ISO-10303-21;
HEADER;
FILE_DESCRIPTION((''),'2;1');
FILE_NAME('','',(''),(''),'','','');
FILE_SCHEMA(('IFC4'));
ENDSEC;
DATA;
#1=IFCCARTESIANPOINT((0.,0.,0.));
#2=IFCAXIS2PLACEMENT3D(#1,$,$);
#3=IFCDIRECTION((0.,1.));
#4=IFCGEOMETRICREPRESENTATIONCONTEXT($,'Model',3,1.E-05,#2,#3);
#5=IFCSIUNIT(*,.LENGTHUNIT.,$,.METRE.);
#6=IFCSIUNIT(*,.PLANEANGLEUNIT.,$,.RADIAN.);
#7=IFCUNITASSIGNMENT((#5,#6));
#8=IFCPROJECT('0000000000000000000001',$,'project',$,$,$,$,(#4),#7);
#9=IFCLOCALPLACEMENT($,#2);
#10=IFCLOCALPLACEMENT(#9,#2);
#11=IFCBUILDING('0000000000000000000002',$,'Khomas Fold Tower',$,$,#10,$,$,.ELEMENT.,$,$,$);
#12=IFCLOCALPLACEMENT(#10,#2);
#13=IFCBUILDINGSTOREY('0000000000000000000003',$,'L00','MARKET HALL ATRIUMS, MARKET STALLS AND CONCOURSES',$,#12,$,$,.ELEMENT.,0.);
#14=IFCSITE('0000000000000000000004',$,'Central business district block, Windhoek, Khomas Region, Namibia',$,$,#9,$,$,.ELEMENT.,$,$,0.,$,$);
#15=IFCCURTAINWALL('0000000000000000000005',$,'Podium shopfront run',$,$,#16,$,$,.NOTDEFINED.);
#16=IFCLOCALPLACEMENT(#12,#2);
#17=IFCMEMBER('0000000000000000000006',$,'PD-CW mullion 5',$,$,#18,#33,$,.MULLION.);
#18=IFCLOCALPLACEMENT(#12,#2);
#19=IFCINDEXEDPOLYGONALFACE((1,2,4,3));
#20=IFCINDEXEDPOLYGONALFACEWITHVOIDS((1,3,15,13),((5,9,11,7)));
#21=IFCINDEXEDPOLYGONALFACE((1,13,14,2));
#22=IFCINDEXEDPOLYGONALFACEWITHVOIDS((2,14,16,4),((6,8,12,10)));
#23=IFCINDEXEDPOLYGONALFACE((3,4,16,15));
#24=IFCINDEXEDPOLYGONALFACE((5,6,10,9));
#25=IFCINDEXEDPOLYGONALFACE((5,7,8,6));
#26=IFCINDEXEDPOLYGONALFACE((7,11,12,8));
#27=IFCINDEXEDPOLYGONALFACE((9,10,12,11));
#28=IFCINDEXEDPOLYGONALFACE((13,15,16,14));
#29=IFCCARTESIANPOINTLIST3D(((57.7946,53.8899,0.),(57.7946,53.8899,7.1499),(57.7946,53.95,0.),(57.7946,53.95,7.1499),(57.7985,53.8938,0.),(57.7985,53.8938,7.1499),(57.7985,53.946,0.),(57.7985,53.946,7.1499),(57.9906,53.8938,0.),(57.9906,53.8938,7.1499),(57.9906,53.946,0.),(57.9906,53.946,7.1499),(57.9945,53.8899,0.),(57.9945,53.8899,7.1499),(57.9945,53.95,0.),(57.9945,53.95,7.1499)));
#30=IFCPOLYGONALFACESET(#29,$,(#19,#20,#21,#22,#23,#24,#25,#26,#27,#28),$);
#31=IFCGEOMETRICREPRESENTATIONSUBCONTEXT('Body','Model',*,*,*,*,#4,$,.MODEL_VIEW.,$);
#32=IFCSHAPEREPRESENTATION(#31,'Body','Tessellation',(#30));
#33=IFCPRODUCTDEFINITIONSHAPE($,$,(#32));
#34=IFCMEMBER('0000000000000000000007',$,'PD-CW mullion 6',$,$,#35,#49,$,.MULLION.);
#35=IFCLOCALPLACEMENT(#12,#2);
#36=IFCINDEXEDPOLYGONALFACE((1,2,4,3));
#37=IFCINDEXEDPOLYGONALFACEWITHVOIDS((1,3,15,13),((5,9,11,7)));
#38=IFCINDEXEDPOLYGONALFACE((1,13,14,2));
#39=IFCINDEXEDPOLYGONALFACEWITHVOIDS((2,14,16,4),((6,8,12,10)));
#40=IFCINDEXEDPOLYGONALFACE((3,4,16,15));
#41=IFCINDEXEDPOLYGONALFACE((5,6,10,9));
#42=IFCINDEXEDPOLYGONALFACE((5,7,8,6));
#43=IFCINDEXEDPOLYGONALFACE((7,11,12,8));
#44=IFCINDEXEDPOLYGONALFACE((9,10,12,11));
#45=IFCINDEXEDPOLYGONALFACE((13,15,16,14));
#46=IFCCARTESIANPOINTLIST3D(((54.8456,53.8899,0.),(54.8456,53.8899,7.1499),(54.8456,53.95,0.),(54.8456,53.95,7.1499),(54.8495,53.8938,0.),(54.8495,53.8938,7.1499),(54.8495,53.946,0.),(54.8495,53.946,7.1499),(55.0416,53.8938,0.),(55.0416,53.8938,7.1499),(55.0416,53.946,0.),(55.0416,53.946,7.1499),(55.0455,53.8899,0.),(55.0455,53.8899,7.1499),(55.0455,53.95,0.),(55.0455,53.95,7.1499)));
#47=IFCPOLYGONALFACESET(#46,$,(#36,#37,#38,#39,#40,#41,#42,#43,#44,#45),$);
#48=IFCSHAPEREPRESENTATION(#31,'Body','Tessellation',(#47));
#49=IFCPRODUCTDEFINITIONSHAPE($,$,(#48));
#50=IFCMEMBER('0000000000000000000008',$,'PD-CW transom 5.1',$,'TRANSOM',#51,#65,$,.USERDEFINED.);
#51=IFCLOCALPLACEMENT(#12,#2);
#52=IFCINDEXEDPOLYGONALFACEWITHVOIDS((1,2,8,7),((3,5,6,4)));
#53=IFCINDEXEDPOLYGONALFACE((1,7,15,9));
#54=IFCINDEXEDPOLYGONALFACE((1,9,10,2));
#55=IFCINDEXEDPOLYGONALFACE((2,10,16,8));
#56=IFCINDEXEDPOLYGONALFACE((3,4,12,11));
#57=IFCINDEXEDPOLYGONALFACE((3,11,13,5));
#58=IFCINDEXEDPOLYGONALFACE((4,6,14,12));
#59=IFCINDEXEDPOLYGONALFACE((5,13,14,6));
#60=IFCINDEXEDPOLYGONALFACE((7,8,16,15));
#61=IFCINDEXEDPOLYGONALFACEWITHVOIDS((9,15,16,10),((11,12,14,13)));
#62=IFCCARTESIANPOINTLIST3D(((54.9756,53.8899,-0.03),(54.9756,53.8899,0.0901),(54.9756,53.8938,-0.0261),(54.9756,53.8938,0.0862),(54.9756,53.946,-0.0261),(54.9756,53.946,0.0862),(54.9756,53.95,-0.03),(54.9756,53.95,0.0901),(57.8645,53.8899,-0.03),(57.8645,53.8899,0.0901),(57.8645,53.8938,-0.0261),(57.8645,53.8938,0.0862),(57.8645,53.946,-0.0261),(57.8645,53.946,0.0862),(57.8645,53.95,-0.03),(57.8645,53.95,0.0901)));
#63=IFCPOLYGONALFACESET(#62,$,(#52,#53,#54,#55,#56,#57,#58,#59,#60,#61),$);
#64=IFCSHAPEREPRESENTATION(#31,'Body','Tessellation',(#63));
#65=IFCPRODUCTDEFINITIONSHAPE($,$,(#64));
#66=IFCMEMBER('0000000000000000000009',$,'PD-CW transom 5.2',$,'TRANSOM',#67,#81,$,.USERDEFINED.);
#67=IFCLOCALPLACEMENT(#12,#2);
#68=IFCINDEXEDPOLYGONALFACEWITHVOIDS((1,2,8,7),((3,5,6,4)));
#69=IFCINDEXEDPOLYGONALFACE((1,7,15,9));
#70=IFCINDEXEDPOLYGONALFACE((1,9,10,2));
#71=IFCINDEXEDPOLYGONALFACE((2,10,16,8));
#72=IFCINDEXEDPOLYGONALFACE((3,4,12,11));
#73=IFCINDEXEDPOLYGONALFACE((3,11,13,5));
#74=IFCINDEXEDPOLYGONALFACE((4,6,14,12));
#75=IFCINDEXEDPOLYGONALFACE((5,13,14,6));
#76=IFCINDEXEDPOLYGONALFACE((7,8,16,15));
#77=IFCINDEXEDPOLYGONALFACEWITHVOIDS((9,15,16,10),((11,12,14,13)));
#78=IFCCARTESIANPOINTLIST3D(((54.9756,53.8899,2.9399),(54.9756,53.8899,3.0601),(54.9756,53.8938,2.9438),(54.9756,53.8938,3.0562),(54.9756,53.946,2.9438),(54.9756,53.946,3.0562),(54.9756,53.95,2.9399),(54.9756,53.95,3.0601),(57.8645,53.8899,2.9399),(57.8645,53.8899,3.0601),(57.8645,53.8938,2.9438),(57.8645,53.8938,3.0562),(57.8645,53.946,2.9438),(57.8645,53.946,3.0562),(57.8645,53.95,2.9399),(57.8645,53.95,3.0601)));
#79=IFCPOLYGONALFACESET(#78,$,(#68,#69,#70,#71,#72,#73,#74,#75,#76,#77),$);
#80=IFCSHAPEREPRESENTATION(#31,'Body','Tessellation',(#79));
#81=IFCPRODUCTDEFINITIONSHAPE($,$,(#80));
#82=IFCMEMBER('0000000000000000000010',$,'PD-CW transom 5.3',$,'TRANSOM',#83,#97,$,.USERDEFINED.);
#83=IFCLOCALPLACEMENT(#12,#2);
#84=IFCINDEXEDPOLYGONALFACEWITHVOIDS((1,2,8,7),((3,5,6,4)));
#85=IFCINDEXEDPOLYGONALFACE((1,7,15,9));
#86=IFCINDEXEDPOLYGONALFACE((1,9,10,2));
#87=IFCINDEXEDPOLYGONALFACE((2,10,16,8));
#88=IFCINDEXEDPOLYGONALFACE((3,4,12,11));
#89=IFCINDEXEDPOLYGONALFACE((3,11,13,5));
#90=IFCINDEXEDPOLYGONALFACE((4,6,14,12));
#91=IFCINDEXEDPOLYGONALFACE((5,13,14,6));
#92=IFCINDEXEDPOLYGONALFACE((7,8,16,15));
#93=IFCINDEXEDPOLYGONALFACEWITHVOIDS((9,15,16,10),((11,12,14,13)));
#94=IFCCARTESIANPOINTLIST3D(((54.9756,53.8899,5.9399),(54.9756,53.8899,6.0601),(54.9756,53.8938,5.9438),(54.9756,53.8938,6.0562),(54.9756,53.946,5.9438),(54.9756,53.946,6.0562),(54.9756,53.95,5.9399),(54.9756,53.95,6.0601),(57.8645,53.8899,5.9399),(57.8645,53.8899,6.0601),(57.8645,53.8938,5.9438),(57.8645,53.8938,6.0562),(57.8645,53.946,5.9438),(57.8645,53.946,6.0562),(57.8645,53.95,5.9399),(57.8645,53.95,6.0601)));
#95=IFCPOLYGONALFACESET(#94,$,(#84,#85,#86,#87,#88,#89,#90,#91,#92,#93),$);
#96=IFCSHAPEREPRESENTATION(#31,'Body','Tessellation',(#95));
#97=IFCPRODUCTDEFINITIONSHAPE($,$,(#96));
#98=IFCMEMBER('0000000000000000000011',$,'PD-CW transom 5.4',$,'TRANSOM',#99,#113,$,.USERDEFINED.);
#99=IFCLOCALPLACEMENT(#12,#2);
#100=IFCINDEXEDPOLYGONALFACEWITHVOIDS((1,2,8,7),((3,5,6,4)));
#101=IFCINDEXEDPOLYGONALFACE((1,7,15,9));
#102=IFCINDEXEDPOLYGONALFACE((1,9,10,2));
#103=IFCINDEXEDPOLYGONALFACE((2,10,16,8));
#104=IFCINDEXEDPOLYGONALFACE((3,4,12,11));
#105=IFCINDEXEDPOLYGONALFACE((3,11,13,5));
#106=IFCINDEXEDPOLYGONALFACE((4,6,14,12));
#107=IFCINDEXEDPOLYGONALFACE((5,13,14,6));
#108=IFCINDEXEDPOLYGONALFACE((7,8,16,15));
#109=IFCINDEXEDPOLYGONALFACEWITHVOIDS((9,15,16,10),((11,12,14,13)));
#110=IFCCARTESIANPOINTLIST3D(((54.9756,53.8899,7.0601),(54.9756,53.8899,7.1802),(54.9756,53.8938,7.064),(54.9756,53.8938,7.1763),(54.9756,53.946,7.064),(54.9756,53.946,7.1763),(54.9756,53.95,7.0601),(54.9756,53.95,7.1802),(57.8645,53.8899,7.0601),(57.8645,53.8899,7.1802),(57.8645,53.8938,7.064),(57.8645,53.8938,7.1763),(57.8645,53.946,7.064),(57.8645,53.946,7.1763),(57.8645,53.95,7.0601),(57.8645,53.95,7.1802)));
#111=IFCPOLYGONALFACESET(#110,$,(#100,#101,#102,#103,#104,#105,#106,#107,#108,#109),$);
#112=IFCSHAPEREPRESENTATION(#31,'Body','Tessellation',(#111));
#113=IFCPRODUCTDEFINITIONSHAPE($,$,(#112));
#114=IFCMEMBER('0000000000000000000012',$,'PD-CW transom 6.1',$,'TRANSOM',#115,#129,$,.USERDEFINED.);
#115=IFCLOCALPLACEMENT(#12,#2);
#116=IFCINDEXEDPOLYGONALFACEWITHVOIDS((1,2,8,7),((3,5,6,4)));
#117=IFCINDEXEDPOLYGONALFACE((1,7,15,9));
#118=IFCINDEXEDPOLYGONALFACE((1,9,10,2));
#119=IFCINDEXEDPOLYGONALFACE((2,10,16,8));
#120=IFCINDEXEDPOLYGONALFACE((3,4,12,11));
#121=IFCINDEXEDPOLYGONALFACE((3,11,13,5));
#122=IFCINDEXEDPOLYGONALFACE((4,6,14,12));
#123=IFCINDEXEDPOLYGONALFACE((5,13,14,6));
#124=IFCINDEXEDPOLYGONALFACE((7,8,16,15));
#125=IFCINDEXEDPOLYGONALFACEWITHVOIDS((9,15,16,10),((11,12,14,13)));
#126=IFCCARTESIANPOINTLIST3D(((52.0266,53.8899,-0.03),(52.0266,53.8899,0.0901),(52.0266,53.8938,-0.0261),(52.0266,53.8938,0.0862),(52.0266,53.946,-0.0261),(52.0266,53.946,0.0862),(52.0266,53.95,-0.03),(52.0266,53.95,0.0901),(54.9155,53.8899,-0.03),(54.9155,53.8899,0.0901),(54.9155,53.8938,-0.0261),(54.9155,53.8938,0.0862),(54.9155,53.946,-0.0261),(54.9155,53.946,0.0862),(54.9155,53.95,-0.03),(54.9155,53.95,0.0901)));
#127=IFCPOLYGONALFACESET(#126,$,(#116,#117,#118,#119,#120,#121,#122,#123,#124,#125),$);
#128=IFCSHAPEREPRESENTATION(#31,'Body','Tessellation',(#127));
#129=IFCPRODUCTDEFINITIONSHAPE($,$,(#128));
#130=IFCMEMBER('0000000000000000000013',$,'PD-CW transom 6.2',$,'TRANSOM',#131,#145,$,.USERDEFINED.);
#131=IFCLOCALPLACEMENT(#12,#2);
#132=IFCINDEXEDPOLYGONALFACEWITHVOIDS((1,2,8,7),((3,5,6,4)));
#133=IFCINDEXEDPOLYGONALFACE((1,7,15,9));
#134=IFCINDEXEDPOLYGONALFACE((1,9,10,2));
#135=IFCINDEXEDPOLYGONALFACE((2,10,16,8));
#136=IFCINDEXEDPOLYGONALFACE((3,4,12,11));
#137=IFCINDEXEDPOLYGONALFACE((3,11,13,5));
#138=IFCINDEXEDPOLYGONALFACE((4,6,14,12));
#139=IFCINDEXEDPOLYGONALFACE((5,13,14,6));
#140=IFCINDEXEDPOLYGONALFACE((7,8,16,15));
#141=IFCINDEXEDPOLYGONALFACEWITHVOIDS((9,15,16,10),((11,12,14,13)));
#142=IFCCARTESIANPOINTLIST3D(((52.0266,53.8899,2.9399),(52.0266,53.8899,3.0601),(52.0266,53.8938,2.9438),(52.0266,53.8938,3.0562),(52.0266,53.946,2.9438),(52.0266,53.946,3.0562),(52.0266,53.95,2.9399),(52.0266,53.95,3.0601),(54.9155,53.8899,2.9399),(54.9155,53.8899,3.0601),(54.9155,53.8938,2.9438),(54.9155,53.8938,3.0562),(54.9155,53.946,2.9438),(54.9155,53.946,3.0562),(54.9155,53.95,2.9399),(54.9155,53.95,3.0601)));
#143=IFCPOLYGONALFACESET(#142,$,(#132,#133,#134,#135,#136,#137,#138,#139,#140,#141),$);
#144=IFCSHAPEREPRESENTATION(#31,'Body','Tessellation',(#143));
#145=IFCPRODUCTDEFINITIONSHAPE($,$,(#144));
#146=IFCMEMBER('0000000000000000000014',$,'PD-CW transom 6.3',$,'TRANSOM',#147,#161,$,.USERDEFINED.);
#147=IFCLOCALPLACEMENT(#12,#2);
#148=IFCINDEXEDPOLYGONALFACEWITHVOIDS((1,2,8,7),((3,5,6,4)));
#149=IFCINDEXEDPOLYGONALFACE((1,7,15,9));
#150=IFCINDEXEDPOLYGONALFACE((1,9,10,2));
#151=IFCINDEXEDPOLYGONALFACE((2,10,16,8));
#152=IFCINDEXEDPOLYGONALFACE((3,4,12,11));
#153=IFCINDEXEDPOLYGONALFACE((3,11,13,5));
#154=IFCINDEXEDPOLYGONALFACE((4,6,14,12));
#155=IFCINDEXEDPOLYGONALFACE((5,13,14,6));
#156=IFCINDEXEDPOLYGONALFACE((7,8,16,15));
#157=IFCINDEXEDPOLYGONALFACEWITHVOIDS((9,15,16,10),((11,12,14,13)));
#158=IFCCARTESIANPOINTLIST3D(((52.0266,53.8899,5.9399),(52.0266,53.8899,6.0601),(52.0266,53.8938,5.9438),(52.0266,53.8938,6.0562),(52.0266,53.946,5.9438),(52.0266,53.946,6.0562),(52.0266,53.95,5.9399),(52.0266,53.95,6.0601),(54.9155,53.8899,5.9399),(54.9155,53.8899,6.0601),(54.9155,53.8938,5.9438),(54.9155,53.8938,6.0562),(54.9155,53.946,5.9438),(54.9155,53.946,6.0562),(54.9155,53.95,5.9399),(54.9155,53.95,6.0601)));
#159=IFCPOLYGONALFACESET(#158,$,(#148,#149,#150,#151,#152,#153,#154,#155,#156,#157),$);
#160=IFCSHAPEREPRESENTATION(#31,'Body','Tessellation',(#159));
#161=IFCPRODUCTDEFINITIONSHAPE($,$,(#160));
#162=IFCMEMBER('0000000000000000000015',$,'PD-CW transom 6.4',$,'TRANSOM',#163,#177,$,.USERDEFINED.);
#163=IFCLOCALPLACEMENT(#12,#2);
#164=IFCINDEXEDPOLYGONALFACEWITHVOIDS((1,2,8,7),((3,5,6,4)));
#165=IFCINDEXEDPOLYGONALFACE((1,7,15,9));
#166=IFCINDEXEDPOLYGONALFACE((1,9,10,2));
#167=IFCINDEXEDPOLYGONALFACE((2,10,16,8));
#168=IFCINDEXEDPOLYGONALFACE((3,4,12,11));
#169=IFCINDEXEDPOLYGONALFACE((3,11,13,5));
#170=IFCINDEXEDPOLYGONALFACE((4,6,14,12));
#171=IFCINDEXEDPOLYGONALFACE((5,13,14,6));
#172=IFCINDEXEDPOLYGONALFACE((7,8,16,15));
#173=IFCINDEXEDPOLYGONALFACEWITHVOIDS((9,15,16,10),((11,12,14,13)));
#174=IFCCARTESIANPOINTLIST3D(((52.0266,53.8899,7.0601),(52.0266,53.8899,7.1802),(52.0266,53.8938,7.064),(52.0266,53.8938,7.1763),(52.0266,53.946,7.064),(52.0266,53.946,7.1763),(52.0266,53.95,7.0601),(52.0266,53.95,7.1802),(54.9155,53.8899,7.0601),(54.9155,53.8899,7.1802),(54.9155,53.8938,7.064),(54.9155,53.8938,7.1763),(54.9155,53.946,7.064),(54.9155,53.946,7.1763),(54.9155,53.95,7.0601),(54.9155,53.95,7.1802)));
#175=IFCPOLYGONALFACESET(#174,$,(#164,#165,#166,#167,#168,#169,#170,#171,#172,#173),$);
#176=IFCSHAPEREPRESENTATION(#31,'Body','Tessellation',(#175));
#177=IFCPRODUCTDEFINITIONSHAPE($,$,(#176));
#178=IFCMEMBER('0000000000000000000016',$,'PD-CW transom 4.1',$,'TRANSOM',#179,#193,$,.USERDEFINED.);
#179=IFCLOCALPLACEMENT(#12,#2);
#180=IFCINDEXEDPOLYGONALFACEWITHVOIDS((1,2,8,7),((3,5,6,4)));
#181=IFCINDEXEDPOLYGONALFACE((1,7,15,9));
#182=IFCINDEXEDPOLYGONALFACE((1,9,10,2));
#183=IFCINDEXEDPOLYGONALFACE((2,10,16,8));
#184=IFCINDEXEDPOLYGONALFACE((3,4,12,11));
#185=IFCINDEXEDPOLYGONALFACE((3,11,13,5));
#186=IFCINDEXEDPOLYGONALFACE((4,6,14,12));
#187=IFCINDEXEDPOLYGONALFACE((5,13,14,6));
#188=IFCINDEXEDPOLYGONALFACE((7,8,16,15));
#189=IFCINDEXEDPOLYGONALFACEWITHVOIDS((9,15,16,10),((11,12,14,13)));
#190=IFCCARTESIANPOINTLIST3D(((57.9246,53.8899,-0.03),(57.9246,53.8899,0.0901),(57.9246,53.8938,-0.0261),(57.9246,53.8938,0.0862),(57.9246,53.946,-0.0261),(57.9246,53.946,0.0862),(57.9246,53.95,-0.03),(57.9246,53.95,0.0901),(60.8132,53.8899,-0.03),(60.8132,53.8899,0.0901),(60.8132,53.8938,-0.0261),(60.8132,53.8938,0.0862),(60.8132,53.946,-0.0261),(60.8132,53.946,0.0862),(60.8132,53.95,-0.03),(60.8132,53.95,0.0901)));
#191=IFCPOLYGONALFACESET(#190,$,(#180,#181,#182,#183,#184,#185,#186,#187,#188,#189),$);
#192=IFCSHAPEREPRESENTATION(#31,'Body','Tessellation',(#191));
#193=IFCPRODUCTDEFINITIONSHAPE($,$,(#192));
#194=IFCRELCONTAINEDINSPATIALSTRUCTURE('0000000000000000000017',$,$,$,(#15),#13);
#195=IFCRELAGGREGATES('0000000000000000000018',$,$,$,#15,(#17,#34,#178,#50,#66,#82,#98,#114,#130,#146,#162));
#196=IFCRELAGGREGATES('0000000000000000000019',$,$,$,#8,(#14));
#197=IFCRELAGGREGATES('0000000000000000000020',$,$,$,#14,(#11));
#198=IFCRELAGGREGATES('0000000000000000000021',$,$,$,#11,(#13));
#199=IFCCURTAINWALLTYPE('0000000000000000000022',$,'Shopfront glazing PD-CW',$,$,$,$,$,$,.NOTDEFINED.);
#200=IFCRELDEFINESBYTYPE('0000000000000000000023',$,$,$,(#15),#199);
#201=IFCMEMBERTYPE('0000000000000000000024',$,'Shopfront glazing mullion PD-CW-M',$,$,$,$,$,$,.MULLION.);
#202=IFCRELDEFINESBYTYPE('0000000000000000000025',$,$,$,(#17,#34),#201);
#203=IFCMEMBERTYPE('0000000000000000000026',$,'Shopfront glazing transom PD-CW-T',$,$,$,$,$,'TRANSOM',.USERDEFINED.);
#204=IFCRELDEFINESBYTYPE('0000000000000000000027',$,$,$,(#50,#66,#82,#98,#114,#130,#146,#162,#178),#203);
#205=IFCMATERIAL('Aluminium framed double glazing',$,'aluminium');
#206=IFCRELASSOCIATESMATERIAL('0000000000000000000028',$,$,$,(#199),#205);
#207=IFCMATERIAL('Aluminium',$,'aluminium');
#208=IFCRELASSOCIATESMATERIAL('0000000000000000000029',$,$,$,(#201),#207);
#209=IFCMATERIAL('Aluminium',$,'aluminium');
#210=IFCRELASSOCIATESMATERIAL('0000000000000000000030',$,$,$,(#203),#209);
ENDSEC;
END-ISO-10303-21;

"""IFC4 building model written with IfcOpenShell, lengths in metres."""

from ifc_helpers import new_model, si_unit, direction, frame, origin, origin_2d, place, context, subcontext, project, spatial, hollow_rectangle, extrude, source, transform, mapped, material, material_profile, profile_set, type_object, element, aggregate, save


model = new_model("IFC4")

# Units and contexts
model_context = context("Model", 3, precision=1e-05, world=origin(), true_north=direction((0.0, 1.0)))
body_context = subcontext(model_context, "Body", "Model", "MODEL_VIEW")
ifc_project = project(units=[si_unit("LENGTHUNIT", "METRE"), si_unit("PLANEANGLEUNIT", "RADIAN")], contexts=[model_context])

# Site, building, storey
site_placement = place(None, origin())
site = spatial("IfcSite", under=ifc_project, at=site_placement, Name="Central business district block, Windhoek, Khomas Region, Namibia", CompositionType="ELEMENT", RefElevation=0.0)
building_placement = place(site_placement, origin())
building = spatial("IfcBuilding", under=site, at=building_placement, Name="Khomas Fold Tower", CompositionType="ELEMENT")
storey_placement = place(building_placement, origin())
storey = spatial("IfcBuildingStorey", under=building, at=storey_placement, Name="L00", Description="MARKET HALL ATRIUMS, MARKET STALLS AND CONCOURSES", CompositionType="ELEMENT", Elevation=0.0)

# Curtain wall, members
ifc_material_1 = material(Name="Aluminium framed double glazing", Category="aluminium")
curtain_wall_type = type_object("IfcCurtainWallType", Name="Shopfront glazing PD-CW", PredefinedType="NOTDEFINED", material=ifc_material_1)
curtain_wall_placement = place(storey_placement, origin())
curtain_wall = element("IfcCurtainWall", 1, at=curtain_wall_placement, inside=storey, type_object=curtain_wall_type, Name="Podium shopfront run", PredefinedType="NOTDEFINED")
ifc_material_2 = material(Name="Aluminium", Category="aluminium")
ifc_material_profile_1 = material_profile(ifc_material_2, hollow_rectangle(XDim=0.0601, YDim=0.2, WallThickness=0.0039, at=origin_2d()), Name="Shopfront glazing mullion PD-CW-M")
ifc_profile_set_1 = profile_set([ifc_material_profile_1], Name="Aluminium")
member_type_1 = type_object("IfcMemberType", Name="Shopfront glazing mullion PD-CW-M", PredefinedType="MULLION", material=ifc_profile_set_1)
shared_shape_1 = source(origin(), body_context, "Body", "SweptSolid", [
    extrude(hollow_rectangle(XDim=0.0601, YDim=0.2, WallThickness=0.0039, at=origin_2d()), origin(), (0.0, 0.0, 1.0), 7.1499),
])
member_1_placement = place(storey_placement, frame((57.8945, 53.9199, 0.0), z_axis=(0.0, 0.0, 1.0), x_axis=(0.0, -1.0, 0.0)))
member_1 = element("IfcMember", 2, at=member_1_placement, type_object=member_type_1, Name="PD-CW mullion 5", PredefinedType="MULLION", context=body_context, shape_type="MappedRepresentation", body=[
    mapped(shared_shape_1, transform((0.0, 0.0, 0.0))),
])
member_2_placement = place(storey_placement, frame((54.9456, 53.9199, 0.0), z_axis=(0.0, 0.0, 1.0), x_axis=(0.0, -1.0, 0.0)))
member_2 = element("IfcMember", 3, at=member_2_placement, type_object=member_type_1, Name="PD-CW mullion 6", PredefinedType="MULLION", context=body_context, shape_type="MappedRepresentation", body=[
    mapped(shared_shape_1, transform((0.0, 0.0, 0.0))),
])
ifc_material_3 = material(Name="Aluminium", Category="aluminium")
ifc_material_profile_2 = material_profile(ifc_material_3, hollow_rectangle(XDim=0.0601, YDim=0.1201, WallThickness=0.0039, at=origin_2d()), Name="Shopfront glazing transom PD-CW-T")
ifc_profile_set_2 = profile_set([ifc_material_profile_2], Name="Aluminium")
member_type_2 = type_object("IfcMemberType", Name="Shopfront glazing transom PD-CW-T", ElementType="TRANSOM", PredefinedType="USERDEFINED", material=ifc_profile_set_2)
shared_shape_2 = source(origin(), body_context, "Body", "SweptSolid", [
    extrude(hollow_rectangle(XDim=0.0601, YDim=0.1201, WallThickness=0.0039, at=origin_2d()), origin(), (0.0, 0.0, 1.0), 2.8889),
])
member_3_placement = place(storey_placement, frame((57.8645, 53.9199, 0.03), z_axis=(-1.0, 0.0, 0.0), x_axis=(0.0, -1.0, 0.0)))
member_3 = element("IfcMember", 4, at=member_3_placement, type_object=member_type_2, Name="PD-CW transom 5.1", ObjectType="TRANSOM", PredefinedType="USERDEFINED", context=body_context, shape_type="MappedRepresentation", body=[
    mapped(shared_shape_2, transform((0.0, 0.0, 0.0))),
])
member_4_placement = place(storey_placement, frame((57.8645, 53.9199, 3.0), z_axis=(-1.0, 0.0, 0.0), x_axis=(0.0, -1.0, 0.0)))
member_4 = element("IfcMember", 5, at=member_4_placement, type_object=member_type_2, Name="PD-CW transom 5.2", ObjectType="TRANSOM", PredefinedType="USERDEFINED", context=body_context, shape_type="MappedRepresentation", body=[
    mapped(shared_shape_2, transform((0.0, 0.0, 0.0))),
])
member_5_placement = place(storey_placement, frame((57.8645, 53.9199, 6.0), z_axis=(-1.0, 0.0, 0.0), x_axis=(0.0, -1.0, 0.0)))
member_5 = element("IfcMember", 6, at=member_5_placement, type_object=member_type_2, Name="PD-CW transom 5.3", ObjectType="TRANSOM", PredefinedType="USERDEFINED", context=body_context, shape_type="MappedRepresentation", body=[
    mapped(shared_shape_2, transform((0.0, 0.0, 0.0))),
])
member_6_placement = place(storey_placement, frame((57.8645, 53.9199, 7.1201), z_axis=(-1.0, 0.0, 0.0), x_axis=(0.0, -1.0, 0.0)))
member_6 = element("IfcMember", 7, at=member_6_placement, type_object=member_type_2, Name="PD-CW transom 5.4", ObjectType="TRANSOM", PredefinedType="USERDEFINED", context=body_context, shape_type="MappedRepresentation", body=[
    mapped(shared_shape_2, transform((0.0, 0.0, 0.0))),
])
member_7_placement = place(storey_placement, frame((54.9155, 53.9199, 0.03), z_axis=(-1.0, 0.0, 0.0), x_axis=(0.0, -1.0, 0.0)))
member_7 = element("IfcMember", 8, at=member_7_placement, type_object=member_type_2, Name="PD-CW transom 6.1", ObjectType="TRANSOM", PredefinedType="USERDEFINED", context=body_context, shape_type="MappedRepresentation", body=[
    mapped(shared_shape_2, transform((0.0, 0.0, 0.0))),
])
member_8_placement = place(storey_placement, frame((54.9155, 53.9199, 3.0), z_axis=(-1.0, 0.0, 0.0), x_axis=(0.0, -1.0, 0.0)))
member_8 = element("IfcMember", 9, at=member_8_placement, type_object=member_type_2, Name="PD-CW transom 6.2", ObjectType="TRANSOM", PredefinedType="USERDEFINED", context=body_context, shape_type="MappedRepresentation", body=[
    mapped(shared_shape_2, transform((0.0, 0.0, 0.0))),
])
member_9_placement = place(storey_placement, frame((54.9155, 53.9199, 6.0), z_axis=(-1.0, 0.0, 0.0), x_axis=(0.0, -1.0, 0.0)))
member_9 = element("IfcMember", 10, at=member_9_placement, type_object=member_type_2, Name="PD-CW transom 6.3", ObjectType="TRANSOM", PredefinedType="USERDEFINED", context=body_context, shape_type="MappedRepresentation", body=[
    mapped(shared_shape_2, transform((0.0, 0.0, 0.0))),
])
member_10_placement = place(storey_placement, frame((54.9155, 53.9199, 7.1201), z_axis=(-1.0, 0.0, 0.0), x_axis=(0.0, -1.0, 0.0)))
member_10 = element("IfcMember", 11, at=member_10_placement, type_object=member_type_2, Name="PD-CW transom 6.4", ObjectType="TRANSOM", PredefinedType="USERDEFINED", context=body_context, shape_type="MappedRepresentation", body=[
    mapped(shared_shape_2, transform((0.0, 0.0, 0.0))),
])
shared_shape_3 = source(origin(), body_context, "Body", "SweptSolid", [
    extrude(hollow_rectangle(XDim=0.0601, YDim=0.1201, WallThickness=0.0039, at=origin_2d()), origin(), (0.0, 0.0, 1.0), 2.8887),
])
member_11_placement = place(storey_placement, frame((60.8132, 53.9199, 0.03), z_axis=(-1.0, 0.0, 0.0), x_axis=(0.0, -1.0, 0.0)))
member_11 = element("IfcMember", 12, at=member_11_placement, type_object=member_type_2, Name="PD-CW transom 4.1", ObjectType="TRANSOM", PredefinedType="USERDEFINED", context=body_context, shape_type="MappedRepresentation", body=[
    mapped(shared_shape_3, transform((0.0, 0.0, 0.0))),
])
aggregate(curtain_wall, [member_1, member_2, member_11, member_3, member_4, member_5, member_6, member_7, member_8, member_9, member_10])

save(model, "model.ifc")
